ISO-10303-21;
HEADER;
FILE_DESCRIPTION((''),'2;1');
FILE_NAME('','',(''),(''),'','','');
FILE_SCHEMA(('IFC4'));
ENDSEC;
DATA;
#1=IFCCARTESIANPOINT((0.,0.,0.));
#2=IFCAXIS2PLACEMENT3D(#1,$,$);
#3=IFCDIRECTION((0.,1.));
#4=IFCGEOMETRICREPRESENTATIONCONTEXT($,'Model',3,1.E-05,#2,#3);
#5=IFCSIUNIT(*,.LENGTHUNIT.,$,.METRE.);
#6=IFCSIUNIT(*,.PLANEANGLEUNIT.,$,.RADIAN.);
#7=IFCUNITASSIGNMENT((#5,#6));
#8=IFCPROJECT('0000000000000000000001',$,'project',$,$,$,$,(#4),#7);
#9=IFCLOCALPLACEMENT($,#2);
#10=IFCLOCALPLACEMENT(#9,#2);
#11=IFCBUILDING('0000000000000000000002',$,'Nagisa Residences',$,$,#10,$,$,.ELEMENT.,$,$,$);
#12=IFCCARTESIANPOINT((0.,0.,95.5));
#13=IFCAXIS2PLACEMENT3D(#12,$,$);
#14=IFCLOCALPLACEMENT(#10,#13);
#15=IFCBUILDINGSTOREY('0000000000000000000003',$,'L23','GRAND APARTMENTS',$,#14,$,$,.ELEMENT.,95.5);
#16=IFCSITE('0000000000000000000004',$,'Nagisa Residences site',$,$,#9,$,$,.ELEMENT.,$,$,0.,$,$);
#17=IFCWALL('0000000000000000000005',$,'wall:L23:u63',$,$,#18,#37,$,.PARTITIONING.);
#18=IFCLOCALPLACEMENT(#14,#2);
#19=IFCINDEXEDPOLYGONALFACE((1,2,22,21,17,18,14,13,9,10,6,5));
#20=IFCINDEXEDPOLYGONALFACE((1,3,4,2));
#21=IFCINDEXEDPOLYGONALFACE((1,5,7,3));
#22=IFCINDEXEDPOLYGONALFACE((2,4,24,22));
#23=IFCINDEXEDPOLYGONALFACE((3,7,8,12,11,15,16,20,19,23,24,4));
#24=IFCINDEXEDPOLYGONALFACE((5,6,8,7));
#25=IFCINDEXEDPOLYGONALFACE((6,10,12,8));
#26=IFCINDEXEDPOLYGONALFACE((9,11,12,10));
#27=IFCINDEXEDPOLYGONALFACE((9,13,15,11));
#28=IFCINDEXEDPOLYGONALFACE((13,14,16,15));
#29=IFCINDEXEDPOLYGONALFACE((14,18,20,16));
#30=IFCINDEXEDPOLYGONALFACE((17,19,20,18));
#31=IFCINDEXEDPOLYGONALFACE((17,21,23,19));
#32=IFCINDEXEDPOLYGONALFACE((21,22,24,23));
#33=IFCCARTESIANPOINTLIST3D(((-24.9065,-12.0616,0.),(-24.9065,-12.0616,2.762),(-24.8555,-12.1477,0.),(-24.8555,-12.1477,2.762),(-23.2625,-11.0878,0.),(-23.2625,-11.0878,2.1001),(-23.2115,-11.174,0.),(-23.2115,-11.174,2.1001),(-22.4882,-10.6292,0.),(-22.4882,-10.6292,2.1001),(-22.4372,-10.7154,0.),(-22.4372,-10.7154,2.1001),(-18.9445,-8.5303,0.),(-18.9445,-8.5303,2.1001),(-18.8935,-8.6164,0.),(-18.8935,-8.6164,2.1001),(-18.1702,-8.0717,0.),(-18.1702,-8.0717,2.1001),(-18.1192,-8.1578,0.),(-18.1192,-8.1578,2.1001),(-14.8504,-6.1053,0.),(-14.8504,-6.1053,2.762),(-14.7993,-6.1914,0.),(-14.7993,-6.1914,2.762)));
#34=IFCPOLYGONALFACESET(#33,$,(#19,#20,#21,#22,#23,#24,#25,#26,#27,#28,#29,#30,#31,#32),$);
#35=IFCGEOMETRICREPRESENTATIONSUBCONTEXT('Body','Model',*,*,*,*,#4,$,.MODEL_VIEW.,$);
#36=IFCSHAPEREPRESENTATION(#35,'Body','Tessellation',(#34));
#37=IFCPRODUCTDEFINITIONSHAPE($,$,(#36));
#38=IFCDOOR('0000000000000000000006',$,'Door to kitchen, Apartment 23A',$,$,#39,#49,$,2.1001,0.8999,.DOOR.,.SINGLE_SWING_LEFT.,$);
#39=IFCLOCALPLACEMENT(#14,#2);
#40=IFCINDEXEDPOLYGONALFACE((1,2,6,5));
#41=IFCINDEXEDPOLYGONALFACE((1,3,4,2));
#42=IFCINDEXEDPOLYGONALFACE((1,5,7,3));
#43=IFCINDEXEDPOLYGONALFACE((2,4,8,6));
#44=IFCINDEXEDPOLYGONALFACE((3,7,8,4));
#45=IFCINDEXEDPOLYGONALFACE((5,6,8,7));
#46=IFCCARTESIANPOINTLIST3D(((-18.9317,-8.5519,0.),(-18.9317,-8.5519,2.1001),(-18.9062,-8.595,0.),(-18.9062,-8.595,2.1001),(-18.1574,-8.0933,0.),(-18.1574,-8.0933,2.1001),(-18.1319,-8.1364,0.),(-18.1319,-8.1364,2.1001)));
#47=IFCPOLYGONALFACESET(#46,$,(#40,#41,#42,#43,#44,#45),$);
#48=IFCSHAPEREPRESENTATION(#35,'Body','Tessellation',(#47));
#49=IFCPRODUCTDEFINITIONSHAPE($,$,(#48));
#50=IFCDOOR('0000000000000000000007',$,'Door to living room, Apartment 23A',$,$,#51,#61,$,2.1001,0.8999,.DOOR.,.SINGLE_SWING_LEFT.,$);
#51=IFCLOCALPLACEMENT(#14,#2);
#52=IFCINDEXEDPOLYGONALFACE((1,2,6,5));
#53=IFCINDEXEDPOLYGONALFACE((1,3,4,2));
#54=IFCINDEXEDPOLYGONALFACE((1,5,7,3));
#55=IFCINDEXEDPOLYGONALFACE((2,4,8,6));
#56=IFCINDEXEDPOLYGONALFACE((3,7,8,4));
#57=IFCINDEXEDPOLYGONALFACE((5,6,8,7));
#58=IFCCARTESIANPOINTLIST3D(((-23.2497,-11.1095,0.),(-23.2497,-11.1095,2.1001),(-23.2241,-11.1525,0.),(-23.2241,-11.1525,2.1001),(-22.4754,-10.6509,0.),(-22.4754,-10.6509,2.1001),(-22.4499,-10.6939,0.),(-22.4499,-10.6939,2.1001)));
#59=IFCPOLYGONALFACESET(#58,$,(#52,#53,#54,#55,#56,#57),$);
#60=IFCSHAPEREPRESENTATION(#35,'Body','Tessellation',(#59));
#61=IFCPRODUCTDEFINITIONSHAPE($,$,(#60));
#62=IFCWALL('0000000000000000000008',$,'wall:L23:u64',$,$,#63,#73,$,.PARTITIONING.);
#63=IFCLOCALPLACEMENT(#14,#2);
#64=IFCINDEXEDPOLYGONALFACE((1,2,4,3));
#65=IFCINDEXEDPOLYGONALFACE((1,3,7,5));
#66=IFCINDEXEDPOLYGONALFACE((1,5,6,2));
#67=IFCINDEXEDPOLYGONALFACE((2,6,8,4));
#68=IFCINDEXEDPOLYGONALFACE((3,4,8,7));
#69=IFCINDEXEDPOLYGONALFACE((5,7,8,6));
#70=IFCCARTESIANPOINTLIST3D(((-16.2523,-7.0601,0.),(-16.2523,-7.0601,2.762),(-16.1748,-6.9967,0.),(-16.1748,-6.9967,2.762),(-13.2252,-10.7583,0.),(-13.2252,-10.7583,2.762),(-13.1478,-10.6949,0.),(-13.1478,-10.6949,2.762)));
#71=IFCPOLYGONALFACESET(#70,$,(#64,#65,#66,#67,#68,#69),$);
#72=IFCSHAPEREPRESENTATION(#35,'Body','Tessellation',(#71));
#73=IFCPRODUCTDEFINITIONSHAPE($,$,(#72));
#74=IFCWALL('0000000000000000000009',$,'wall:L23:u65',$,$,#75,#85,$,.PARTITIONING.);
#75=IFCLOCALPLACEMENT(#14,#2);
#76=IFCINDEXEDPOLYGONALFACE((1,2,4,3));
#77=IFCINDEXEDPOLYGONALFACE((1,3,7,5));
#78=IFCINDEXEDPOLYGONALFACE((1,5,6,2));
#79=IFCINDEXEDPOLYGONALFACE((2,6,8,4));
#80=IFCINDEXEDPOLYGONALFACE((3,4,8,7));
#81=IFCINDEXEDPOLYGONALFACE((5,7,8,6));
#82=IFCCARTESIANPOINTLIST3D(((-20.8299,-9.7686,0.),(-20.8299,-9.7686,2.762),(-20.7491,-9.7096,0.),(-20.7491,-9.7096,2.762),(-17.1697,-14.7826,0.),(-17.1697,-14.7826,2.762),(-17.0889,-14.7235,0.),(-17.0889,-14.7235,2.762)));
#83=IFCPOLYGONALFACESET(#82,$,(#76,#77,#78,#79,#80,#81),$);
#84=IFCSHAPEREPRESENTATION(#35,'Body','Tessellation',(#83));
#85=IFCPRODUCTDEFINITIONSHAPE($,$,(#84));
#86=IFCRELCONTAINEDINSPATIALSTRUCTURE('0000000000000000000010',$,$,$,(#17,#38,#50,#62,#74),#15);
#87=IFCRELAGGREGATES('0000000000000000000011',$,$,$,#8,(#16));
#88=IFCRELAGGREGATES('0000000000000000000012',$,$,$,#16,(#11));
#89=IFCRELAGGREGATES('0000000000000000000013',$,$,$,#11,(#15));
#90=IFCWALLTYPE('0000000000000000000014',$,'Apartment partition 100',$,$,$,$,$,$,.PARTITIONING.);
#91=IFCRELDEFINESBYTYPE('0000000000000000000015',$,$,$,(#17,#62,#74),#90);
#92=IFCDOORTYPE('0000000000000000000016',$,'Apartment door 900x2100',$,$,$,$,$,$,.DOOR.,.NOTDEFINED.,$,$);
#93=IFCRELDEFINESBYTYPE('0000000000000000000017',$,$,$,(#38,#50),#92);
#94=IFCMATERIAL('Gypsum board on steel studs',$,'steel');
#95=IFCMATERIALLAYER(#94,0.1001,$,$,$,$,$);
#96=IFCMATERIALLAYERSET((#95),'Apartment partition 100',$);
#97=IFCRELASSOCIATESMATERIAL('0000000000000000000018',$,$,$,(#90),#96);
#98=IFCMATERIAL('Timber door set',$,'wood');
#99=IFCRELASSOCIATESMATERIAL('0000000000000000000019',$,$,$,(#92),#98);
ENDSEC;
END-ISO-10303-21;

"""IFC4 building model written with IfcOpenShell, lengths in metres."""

from ifc_helpers import new_model, si_unit, direction, frame, frame_2d, origin, place, context, subcontext, project, spatial, rectangle, extrude, material, layer, layer_set, type_object, element, fill, save


model = new_model("IFC4")

# Units and contexts
model_context = context("Model", 3, precision=1e-05, world=origin(), true_north=direction((0.0, 1.0)))
body_context = subcontext(model_context, "Body", "Model", "MODEL_VIEW")
ifc_project = project(units=[si_unit("LENGTHUNIT", "METRE"), si_unit("PLANEANGLEUNIT", "RADIAN")], contexts=[model_context])

# Site, building, storey
site_placement = place(None, origin())
site = spatial("IfcSite", under=ifc_project, at=site_placement, Name="Nagisa Residences site", CompositionType="ELEMENT", RefElevation=0.0)
building_placement = place(site_placement, origin())
building = spatial("IfcBuilding", under=site, at=building_placement, Name="Nagisa Residences", CompositionType="ELEMENT")
storey_placement = place(building_placement, frame((0.0, 0.0, 95.5)))
storey = spatial("IfcBuildingStorey", under=building, at=storey_placement, Name="L23", Description="GRAND APARTMENTS", CompositionType="ELEMENT", Elevation=95.5)

# Shared definitions
ifc_material_1 = material(Name="Gypsum board on steel studs", Category="steel")
ifc_layer_1 = layer(ifc_material_1, 0.1001)
ifc_layer_set_1 = layer_set([ifc_layer_1], Name="Apartment partition 100")
wall_type_1 = type_object("IfcWallType", Name="Apartment partition 100", PredefinedType="PARTITIONING", material=ifc_layer_set_1)

# Shared definitions
ifc_material_2 = material(Name="Timber door set", Category="wood")
door_type_1 = type_object("IfcDoorType", Name="Apartment door 900x2100", OperationType="NOTDEFINED", PredefinedType="DOOR", material=ifc_material_2)

# Wall, openings, doors
wall_1_placement = place(storey_placement, frame((-14.825, -6.1484, 0.0), z_axis=(0.0, 0.0, 1.0), x_axis=(-0.8604, -0.509619, 0.0)))
wall_1 = element("IfcWall", 1, at=wall_1_placement, inside=storey, type_object=wall_type_1, Name="wall:L23:u63", PredefinedType="PARTITIONING", context=body_context, shape_type="SweptSolid", body=[
    extrude(rectangle(XDim=11.6877, YDim=0.1001, at=frame_2d((5.8438, 0.0))), origin(), (0.0, 0.0, 1.0), 2.762),
])
opening_1_placement = place(wall_1_placement, frame((3.8584, 0.0, 0.0)))
opening_1 = element("IfcOpeningElement", 2, at=opening_1_placement, cuts=wall_1, PredefinedType="OPENING", context=body_context, shape_type="SweptSolid", body=[
    extrude(rectangle(XDim=0.8999, YDim=2.1001, at=frame_2d((0.45, 1.05))), frame((0.0, 0.0601, 0.0), z_axis=(0.0, -1.0, 0.0), x_axis=(1.0, 0.0, 0.0)), (0.0, 0.0, 1.0), 0.1201),
])
opening_2_placement = place(wall_1_placement, frame((8.877, 0.0, 0.0)))
opening_2 = element("IfcOpeningElement", 3, at=opening_2_placement, cuts=wall_1, PredefinedType="OPENING", context=body_context, shape_type="SweptSolid", body=[
    extrude(rectangle(XDim=0.8999, YDim=2.1001, at=frame_2d((0.45, 1.05))), frame((0.0, 0.0601, 0.0), z_axis=(0.0, -1.0, 0.0), x_axis=(1.0, 0.0, 0.0)), (0.0, 0.0, 1.0), 0.1201),
])
door_1_placement = place(opening_1_placement, frame((0.8999, 0.0, 0.0), x_axis=(-1.0, 0.0, 0.0)))
door_1 = element("IfcDoor", 4, at=door_1_placement, inside=storey, type_object=door_type_1, Name="Door to kitchen, Apartment 23A", OperationType="SINGLE_SWING_LEFT", OverallHeight=2.1001, OverallWidth=0.8999, PredefinedType="DOOR", context=body_context, shape_type="SweptSolid", body=[
    extrude(rectangle(XDim=0.8999, YDim=2.1001, at=frame_2d((0.45, 1.05))), frame((0.0, 0.0249, 0.0), z_axis=(0.0, -1.0, 0.0), x_axis=(1.0, 0.0, 0.0)), (0.0, 0.0, 1.0), 0.05),
])
fill(opening_1, door_1)
door_2_placement = place(opening_2_placement, frame((0.8999, 0.0, 0.0), x_axis=(-1.0, 0.0, 0.0)))
door_2 = element("IfcDoor", 5, at=door_2_placement, inside=storey, type_object=door_type_1, Name="Door to living room, Apartment 23A", OperationType="SINGLE_SWING_LEFT", OverallHeight=2.1001, OverallWidth=0.8999, PredefinedType="DOOR", context=body_context, shape_type="SweptSolid", body=[
    extrude(rectangle(XDim=0.8999, YDim=2.1001, at=frame_2d((0.45, 1.05))), frame((0.0, 0.0249, 0.0), z_axis=(0.0, -1.0, 0.0), x_axis=(1.0, 0.0, 0.0)), (0.0, 0.0, 1.0), 0.05),
])
fill(opening_2, door_2)

# Walls
wall_2_placement = place(storey_placement, frame((-16.2136, -7.0283, 0.0), z_axis=(0.0, 0.0, 1.0), x_axis=(0.633396, -0.773828, 0.0)))
element("IfcWall", 6, at=wall_2_placement, inside=storey, type_object=wall_type_1, Name="wall:L23:u64", PredefinedType="PARTITIONING", context=body_context, shape_type="SweptSolid", body=[
    extrude(rectangle(XDim=4.7791, YDim=0.1001, at=frame_2d((2.3896, 0.0))), origin(), (0.0, 0.0, 1.0), 2.762),
])
wall_3_placement = place(storey_placement, frame((-20.7896, -9.739, 0.0), z_axis=(0.0, 0.0, 1.0), x_axis=(0.589611, -0.807687, 0.0)))
element("IfcWall", 7, at=wall_3_placement, inside=storey, type_object=wall_type_1, Name="wall:L23:u65", PredefinedType="PARTITIONING", context=body_context, shape_type="SweptSolid", body=[
    extrude(rectangle(XDim=6.2078, YDim=0.1001, at=frame_2d((3.104, 0.0))), origin(), (0.0, 0.0, 1.0), 2.762),
])

save(model, "model.ifc")
